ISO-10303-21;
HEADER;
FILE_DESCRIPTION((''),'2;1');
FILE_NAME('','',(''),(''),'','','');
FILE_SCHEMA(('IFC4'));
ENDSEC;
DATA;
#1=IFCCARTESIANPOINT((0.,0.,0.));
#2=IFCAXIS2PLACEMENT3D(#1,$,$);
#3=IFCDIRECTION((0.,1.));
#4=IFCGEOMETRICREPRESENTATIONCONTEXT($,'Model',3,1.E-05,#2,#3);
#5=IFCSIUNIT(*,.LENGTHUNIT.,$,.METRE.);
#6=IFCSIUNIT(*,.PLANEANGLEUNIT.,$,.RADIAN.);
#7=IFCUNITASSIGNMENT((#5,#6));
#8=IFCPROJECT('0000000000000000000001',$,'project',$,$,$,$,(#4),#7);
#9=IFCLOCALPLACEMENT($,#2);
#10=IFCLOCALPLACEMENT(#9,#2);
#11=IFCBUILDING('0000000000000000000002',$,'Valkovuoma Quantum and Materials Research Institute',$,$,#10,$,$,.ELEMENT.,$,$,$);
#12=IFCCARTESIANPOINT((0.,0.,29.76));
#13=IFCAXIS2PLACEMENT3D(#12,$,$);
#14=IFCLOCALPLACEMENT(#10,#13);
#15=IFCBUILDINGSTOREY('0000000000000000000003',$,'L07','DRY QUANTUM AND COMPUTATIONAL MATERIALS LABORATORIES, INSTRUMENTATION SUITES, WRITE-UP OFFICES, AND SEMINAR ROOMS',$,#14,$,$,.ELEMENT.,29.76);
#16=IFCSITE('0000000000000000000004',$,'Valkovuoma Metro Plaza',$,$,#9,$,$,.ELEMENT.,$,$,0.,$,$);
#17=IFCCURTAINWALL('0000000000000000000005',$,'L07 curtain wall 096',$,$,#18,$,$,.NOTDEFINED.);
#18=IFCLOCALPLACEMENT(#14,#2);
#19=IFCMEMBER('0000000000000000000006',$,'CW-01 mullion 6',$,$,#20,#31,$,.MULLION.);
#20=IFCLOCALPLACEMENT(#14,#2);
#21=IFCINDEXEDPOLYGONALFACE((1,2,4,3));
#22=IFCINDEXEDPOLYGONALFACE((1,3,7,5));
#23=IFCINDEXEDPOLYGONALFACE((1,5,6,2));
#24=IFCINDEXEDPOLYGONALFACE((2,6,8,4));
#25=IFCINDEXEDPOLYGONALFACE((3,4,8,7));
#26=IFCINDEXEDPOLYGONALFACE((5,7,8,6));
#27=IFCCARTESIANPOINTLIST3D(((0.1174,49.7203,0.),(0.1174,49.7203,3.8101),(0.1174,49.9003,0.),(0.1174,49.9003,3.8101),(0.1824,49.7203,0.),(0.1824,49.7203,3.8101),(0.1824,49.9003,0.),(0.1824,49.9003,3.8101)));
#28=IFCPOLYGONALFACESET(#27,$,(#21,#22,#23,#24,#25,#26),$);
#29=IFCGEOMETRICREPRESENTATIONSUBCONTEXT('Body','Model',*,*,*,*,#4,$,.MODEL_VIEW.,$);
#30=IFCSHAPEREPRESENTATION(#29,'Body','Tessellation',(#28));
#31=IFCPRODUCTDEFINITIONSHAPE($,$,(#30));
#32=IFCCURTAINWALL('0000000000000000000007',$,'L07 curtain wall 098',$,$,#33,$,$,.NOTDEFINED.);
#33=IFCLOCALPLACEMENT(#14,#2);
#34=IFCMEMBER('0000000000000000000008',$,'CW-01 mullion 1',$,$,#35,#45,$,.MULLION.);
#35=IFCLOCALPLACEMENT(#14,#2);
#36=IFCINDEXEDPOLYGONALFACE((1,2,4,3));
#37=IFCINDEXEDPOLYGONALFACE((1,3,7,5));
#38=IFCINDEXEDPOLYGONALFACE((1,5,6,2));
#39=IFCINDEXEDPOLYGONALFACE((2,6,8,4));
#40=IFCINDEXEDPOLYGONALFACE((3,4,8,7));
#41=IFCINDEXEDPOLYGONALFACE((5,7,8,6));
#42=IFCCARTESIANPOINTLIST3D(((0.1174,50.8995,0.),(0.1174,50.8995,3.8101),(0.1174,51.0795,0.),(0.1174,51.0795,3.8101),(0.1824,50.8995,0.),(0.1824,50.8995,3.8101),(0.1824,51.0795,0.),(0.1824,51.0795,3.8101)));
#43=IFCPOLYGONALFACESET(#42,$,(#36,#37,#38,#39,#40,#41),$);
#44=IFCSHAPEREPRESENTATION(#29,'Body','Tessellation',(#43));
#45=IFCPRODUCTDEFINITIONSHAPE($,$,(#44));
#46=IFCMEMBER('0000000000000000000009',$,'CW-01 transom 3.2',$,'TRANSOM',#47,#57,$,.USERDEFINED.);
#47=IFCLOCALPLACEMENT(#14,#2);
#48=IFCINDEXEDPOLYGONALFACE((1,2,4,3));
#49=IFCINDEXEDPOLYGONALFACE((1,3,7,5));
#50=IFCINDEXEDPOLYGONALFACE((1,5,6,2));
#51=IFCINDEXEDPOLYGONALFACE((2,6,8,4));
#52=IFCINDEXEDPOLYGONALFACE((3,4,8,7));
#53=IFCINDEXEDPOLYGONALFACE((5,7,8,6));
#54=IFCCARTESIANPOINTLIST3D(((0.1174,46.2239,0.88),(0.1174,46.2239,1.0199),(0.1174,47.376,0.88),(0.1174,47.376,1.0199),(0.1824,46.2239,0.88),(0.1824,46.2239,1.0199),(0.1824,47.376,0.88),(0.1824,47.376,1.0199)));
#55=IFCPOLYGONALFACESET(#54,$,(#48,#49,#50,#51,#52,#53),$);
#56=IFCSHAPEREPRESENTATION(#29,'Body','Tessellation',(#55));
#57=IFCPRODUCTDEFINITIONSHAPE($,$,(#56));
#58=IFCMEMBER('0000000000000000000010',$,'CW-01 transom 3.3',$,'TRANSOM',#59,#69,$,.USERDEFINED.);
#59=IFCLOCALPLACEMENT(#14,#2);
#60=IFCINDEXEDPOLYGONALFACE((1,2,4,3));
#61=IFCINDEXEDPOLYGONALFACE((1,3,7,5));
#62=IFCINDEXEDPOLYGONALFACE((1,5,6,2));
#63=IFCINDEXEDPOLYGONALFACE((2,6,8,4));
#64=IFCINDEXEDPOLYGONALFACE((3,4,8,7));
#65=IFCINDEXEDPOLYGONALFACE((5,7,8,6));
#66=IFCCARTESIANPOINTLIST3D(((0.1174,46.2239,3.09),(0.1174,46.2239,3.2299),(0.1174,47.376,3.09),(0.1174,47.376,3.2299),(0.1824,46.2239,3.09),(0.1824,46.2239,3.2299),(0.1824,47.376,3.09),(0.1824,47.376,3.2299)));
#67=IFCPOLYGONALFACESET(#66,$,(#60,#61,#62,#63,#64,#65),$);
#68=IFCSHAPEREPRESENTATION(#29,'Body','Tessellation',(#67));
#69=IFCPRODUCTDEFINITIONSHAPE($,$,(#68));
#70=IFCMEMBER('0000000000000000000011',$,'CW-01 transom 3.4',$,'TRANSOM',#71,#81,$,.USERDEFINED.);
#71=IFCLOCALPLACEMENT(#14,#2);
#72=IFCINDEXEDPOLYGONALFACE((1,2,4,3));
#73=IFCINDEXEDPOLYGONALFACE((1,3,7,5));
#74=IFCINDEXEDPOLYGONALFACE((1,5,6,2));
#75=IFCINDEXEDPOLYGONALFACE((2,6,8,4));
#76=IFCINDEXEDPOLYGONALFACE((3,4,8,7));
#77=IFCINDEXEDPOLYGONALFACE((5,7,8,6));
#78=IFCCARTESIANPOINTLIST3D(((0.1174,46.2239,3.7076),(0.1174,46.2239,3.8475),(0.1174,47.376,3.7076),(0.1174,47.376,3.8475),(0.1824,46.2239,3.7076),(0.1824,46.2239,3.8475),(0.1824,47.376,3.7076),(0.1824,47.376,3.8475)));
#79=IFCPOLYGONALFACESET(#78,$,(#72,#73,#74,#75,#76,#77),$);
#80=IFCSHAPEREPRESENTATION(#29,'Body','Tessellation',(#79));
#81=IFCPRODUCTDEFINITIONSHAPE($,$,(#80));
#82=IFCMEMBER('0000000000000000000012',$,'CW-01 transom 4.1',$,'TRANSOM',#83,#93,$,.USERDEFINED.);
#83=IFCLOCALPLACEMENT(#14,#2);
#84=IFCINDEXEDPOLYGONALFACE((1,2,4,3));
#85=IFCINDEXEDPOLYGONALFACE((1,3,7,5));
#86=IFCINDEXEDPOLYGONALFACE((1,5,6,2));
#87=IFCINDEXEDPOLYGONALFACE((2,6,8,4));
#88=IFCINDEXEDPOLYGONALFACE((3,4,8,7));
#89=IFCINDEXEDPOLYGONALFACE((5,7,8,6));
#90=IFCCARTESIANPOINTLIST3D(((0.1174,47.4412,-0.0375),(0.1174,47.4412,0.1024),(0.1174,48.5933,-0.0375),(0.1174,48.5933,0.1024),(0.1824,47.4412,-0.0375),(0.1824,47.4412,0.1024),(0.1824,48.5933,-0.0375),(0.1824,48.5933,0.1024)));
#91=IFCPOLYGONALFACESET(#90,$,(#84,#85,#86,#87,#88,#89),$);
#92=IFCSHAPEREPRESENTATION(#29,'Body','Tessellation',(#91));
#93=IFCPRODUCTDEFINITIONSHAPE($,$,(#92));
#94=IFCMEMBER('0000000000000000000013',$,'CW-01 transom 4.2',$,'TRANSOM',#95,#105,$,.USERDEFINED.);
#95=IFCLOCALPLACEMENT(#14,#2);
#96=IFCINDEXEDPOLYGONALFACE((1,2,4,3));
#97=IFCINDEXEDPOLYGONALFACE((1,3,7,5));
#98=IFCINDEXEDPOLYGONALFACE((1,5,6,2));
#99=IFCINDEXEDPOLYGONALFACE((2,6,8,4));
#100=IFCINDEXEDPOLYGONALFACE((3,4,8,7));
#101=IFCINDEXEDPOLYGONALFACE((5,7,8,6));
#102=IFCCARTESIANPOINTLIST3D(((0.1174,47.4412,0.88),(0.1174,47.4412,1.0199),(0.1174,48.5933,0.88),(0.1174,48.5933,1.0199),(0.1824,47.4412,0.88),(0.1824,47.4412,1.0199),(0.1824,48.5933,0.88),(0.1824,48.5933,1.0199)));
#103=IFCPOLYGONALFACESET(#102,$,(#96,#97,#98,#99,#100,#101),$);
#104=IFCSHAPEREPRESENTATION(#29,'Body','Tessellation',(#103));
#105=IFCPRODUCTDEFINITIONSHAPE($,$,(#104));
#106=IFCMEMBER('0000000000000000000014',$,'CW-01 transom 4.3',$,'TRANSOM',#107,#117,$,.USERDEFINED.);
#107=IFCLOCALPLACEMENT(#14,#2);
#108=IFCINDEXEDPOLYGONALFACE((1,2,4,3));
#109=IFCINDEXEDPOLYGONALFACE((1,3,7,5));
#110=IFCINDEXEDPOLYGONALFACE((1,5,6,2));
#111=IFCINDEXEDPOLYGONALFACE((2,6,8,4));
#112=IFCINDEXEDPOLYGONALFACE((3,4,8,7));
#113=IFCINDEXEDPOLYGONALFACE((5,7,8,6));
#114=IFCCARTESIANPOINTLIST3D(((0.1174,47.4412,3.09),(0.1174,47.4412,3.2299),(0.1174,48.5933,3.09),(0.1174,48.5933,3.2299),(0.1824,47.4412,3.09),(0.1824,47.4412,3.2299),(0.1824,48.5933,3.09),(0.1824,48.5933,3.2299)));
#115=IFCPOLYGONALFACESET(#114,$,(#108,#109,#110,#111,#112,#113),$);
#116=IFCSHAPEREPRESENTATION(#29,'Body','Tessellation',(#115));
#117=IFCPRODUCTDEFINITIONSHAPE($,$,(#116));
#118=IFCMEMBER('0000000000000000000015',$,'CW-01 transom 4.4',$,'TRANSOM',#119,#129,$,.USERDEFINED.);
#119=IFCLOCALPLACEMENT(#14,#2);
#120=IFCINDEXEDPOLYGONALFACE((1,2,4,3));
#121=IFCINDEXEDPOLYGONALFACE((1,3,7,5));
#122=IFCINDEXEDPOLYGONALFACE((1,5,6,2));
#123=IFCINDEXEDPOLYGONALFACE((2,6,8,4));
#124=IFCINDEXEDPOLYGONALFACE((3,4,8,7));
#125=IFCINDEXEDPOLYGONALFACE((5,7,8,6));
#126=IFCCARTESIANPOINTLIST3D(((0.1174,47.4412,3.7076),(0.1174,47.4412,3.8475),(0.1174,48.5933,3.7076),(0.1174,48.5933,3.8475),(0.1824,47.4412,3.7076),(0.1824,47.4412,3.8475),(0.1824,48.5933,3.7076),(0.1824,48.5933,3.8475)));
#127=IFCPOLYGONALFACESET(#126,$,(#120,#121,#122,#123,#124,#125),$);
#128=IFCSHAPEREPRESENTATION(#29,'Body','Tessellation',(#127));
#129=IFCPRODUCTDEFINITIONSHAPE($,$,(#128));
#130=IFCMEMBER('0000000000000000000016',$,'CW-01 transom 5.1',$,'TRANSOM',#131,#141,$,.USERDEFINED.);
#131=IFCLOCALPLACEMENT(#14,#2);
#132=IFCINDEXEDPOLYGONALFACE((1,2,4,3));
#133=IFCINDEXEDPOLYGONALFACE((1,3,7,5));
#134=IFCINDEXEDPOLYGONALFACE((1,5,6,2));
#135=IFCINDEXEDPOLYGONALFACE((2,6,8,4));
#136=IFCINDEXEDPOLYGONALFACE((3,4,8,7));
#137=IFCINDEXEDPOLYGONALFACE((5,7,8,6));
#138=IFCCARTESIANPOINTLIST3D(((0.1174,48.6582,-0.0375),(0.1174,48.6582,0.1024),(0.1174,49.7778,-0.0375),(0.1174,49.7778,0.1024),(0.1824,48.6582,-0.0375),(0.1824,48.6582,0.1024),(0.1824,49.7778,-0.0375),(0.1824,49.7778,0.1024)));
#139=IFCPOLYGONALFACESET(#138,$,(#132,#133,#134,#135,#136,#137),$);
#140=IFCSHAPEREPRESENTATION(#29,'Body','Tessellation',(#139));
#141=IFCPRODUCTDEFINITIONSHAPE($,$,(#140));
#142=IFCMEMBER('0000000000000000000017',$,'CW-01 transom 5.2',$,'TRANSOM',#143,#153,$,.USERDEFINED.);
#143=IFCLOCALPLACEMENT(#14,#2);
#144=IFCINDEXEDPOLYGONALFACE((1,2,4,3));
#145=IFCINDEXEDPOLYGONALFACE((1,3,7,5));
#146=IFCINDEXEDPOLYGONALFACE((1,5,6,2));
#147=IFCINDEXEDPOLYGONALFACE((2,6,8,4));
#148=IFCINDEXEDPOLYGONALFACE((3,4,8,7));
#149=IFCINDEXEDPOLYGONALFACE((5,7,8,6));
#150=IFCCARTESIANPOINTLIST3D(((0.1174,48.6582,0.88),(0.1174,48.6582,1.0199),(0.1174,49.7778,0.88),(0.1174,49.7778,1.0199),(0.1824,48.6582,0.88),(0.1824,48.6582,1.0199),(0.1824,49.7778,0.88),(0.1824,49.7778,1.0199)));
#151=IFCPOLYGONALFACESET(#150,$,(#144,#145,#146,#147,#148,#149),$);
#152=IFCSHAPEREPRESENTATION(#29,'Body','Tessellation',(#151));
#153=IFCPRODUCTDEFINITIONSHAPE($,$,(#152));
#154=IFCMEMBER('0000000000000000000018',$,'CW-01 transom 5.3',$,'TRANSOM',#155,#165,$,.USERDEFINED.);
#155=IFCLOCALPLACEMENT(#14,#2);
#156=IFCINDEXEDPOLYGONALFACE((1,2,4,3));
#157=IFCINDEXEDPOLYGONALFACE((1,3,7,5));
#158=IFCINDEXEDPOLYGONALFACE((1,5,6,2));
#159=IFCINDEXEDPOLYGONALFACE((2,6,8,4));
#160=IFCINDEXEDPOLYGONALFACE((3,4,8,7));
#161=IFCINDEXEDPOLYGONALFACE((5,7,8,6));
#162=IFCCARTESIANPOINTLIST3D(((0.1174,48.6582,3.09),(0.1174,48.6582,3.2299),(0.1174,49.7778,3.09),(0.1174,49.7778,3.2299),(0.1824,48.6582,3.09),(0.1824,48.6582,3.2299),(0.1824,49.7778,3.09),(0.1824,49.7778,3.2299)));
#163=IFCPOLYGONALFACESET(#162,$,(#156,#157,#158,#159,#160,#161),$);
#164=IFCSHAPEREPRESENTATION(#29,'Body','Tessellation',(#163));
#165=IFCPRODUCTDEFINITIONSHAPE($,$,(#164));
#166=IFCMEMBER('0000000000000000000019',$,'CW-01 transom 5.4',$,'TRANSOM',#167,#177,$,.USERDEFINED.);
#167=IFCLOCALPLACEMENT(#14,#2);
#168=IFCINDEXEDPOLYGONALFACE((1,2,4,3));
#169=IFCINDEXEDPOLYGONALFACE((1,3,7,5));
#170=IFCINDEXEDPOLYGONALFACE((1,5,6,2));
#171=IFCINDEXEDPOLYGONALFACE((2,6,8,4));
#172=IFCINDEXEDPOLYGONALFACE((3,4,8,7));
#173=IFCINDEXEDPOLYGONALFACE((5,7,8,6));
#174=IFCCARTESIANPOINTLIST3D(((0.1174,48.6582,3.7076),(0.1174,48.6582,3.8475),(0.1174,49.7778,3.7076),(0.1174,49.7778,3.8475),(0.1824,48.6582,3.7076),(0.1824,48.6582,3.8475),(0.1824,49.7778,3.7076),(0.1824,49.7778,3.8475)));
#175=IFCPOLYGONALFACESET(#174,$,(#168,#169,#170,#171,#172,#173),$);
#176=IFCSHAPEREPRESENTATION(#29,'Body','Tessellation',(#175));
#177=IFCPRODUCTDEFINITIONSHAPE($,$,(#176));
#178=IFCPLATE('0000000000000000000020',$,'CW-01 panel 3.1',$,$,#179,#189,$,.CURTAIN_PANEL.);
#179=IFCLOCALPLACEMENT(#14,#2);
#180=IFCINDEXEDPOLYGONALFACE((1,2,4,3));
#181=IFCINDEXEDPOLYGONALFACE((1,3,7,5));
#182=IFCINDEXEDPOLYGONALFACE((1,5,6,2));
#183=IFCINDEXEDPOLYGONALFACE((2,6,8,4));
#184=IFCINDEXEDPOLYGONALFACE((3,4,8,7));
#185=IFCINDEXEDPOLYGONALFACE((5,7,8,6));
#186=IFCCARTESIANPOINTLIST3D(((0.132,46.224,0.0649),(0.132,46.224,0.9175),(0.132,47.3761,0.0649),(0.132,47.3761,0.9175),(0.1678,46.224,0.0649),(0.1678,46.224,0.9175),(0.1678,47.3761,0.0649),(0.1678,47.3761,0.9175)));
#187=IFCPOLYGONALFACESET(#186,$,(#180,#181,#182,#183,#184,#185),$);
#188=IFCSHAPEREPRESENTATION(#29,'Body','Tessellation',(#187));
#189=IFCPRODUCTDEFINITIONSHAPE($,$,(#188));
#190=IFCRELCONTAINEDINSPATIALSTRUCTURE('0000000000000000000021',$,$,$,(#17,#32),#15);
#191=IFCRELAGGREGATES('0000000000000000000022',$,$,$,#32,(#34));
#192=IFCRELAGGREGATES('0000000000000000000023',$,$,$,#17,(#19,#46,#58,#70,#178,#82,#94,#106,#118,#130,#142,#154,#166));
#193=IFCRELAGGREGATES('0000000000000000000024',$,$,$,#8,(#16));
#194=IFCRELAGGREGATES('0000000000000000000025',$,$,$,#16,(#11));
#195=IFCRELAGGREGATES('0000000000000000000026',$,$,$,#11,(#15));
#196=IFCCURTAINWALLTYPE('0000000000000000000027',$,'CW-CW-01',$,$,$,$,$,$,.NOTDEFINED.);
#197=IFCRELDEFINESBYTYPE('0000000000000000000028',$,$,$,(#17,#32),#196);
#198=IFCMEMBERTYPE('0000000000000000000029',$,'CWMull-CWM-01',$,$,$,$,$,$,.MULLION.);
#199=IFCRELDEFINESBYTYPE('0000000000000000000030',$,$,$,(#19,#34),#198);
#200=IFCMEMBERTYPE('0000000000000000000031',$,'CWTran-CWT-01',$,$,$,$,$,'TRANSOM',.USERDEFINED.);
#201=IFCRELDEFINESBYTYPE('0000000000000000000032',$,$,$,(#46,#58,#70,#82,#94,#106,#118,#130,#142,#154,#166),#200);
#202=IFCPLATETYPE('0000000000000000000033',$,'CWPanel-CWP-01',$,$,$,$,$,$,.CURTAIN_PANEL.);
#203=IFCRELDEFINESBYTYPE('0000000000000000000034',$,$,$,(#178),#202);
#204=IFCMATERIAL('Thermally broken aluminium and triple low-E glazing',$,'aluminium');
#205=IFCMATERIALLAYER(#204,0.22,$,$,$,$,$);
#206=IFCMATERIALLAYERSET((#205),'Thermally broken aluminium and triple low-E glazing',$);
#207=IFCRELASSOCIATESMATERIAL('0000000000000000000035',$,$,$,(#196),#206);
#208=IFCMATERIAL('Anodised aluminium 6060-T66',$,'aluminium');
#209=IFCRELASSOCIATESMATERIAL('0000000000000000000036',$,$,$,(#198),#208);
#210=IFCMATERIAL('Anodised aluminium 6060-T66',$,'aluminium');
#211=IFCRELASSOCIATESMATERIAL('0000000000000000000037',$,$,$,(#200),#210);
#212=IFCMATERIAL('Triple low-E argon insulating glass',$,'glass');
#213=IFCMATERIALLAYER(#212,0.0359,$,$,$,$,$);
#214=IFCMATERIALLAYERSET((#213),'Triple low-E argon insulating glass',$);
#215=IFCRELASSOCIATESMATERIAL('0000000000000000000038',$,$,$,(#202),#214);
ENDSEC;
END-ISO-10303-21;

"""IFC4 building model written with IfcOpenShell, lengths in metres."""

from ifc_helpers import new_model, si_unit, direction, frame, origin, origin_2d, place, context, subcontext, project, spatial, rectangle, extrude, material, layer, layer_set, material_profile, profile_set, type_object, element, aggregate, save


model = new_model("IFC4")

# Units and contexts
model_context = context("Model", 3, precision=1e-05, world=origin(), true_north=direction((0.0, 1.0)))
body_context = subcontext(model_context, "Body", "Model", "MODEL_VIEW")
ifc_project = project(units=[si_unit("LENGTHUNIT", "METRE"), si_unit("PLANEANGLEUNIT", "RADIAN")], contexts=[model_context])

# Site, building, storey
site_placement = place(None, origin())
site = spatial("IfcSite", under=ifc_project, at=site_placement, Name="Valkovuoma Metro Plaza", CompositionType="ELEMENT", RefElevation=0.0)
building_placement = place(site_placement, origin())
building = spatial("IfcBuilding", under=site, at=building_placement, Name="Valkovuoma Quantum and Materials Research Institute", CompositionType="ELEMENT")
storey_placement = place(building_placement, frame((0.0, 0.0, 29.76)))
storey = spatial("IfcBuildingStorey", under=building, at=storey_placement, Name="L07", Description="DRY QUANTUM AND COMPUTATIONAL MATERIALS LABORATORIES, INSTRUMENTATION SUITES, WRITE-UP OFFICES, AND SEMINAR ROOMS", CompositionType="ELEMENT", Elevation=29.76)

# Curtain wall, member
ifc_material_1 = material(Name="Thermally broken aluminium and triple low-E glazing", Category="aluminium")
ifc_layer_1 = layer(ifc_material_1, 0.22)
ifc_layer_set_1 = layer_set([ifc_layer_1], Name="Thermally broken aluminium and triple low-E glazing")
curtain_wall_type = type_object("IfcCurtainWallType", Name="CW-CW-01", PredefinedType="NOTDEFINED", material=ifc_layer_set_1)
curtain_wall_1_placement = place(storey_placement, origin())
curtain_wall_1 = element("IfcCurtainWall", 1, at=curtain_wall_1_placement, inside=storey, type_object=curtain_wall_type, Name="L07 curtain wall 096", PredefinedType="NOTDEFINED")
ifc_material_2 = material(Name="Anodised aluminium 6060-T66", Category="aluminium")
ifc_material_profile_1 = material_profile(ifc_material_2, rectangle(XDim=0.0649, YDim=0.1799, at=origin_2d()), Name="Anodised aluminium 6060-T66")
ifc_profile_set_1 = profile_set([ifc_material_profile_1], Name="Anodised aluminium 6060-T66")
member_type_1 = type_object("IfcMemberType", Name="CWMull-CWM-01", PredefinedType="MULLION", material=ifc_profile_set_1)
member_1_placement = place(storey_placement, frame((0.1499, 49.8103, 0.0), z_axis=(0.0, 0.0, 1.0), x_axis=(-1.0, 0.0, 0.0)))
member_1 = element("IfcMember", 2, at=member_1_placement, type_object=member_type_1, Name="CW-01 mullion 6", PredefinedType="MULLION", context=body_context, shape_type="SweptSolid", body=[
    extrude(rectangle(XDim=0.0649, YDim=0.1799, at=origin_2d()), origin(), (0.0, 0.0, 1.0), 3.8101),
])

# Curtain wall, member
curtain_wall_2_placement = place(storey_placement, origin())
curtain_wall_2 = element("IfcCurtainWall", 3, at=curtain_wall_2_placement, inside=storey, type_object=curtain_wall_type, Name="L07 curtain wall 098", PredefinedType="NOTDEFINED")
member_2_placement = place(storey_placement, frame((0.1499, 50.9895, 0.0), z_axis=(0.0, 0.0, 1.0), x_axis=(-1.0, 0.0, 0.0)))
member_2 = element("IfcMember", 4, at=member_2_placement, type_object=member_type_1, Name="CW-01 mullion 1", PredefinedType="MULLION", context=body_context, shape_type="SweptSolid", body=[
    extrude(rectangle(XDim=0.0649, YDim=0.1799, at=origin_2d()), origin(), (0.0, 0.0, 1.0), 3.8101),
])
aggregate(curtain_wall_2, [member_2])

# Members
ifc_material_3 = material(Name="Anodised aluminium 6060-T66", Category="aluminium")
ifc_material_profile_2 = material_profile(ifc_material_3, rectangle(XDim=0.0649, YDim=0.1399, at=origin_2d()), Name="Anodised aluminium 6060-T66")
ifc_profile_set_2 = profile_set([ifc_material_profile_2], Name="Anodised aluminium 6060-T66")
member_type_2 = type_object("IfcMemberType", Name="CWTran-CWT-01", ElementType="TRANSOM", PredefinedType="USERDEFINED", material=ifc_profile_set_2)
member_3_placement = place(storey_placement, frame((0.1499, 46.2239, 0.95), z_axis=(0.0, 1.0, 0.0), x_axis=(-1.0, 0.0, 0.0)))
member_3 = element("IfcMember", 5, at=member_3_placement, type_object=member_type_2, Name="CW-01 transom 3.2", ObjectType="TRANSOM", PredefinedType="USERDEFINED", context=body_context, shape_type="SweptSolid", body=[
    extrude(rectangle(XDim=0.0649, YDim=0.1399, at=origin_2d()), origin(), (0.0, 0.0, 1.0), 1.1521),
])
member_4_placement = place(storey_placement, frame((0.1499, 46.2239, 3.1599), z_axis=(0.0, 1.0, 0.0), x_axis=(-1.0, 0.0, 0.0)))
member_4 = element("IfcMember", 6, at=member_4_placement, type_object=member_type_2, Name="CW-01 transom 3.3", ObjectType="TRANSOM", PredefinedType="USERDEFINED", context=body_context, shape_type="SweptSolid", body=[
    extrude(rectangle(XDim=0.0649, YDim=0.1399, at=origin_2d()), origin(), (0.0, 0.0, 1.0), 1.1521),
])
member_5_placement = place(storey_placement, frame((0.1499, 46.2239, 3.7776), z_axis=(0.0, 1.0, 0.0), x_axis=(-1.0, 0.0, 0.0)))
member_5 = element("IfcMember", 7, at=member_5_placement, type_object=member_type_2, Name="CW-01 transom 3.4", ObjectType="TRANSOM", PredefinedType="USERDEFINED", context=body_context, shape_type="SweptSolid", body=[
    extrude(rectangle(XDim=0.0649, YDim=0.1399, at=origin_2d()), origin(), (0.0, 0.0, 1.0), 1.1521),
])
member_6_placement = place(storey_placement, frame((0.1499, 47.4412, 0.0325), z_axis=(0.0, 1.0, 0.0), x_axis=(-1.0, 0.0, 0.0)))
member_6 = element("IfcMember", 8, at=member_6_placement, type_object=member_type_2, Name="CW-01 transom 4.1", ObjectType="TRANSOM", PredefinedType="USERDEFINED", context=body_context, shape_type="SweptSolid", body=[
    extrude(rectangle(XDim=0.0649, YDim=0.1399, at=origin_2d()), origin(), (0.0, 0.0, 1.0), 1.1521),
])
member_7_placement = place(storey_placement, frame((0.1499, 47.4412, 0.95), z_axis=(0.0, 1.0, 0.0), x_axis=(-1.0, 0.0, 0.0)))
member_7 = element("IfcMember", 9, at=member_7_placement, type_object=member_type_2, Name="CW-01 transom 4.2", ObjectType="TRANSOM", PredefinedType="USERDEFINED", context=body_context, shape_type="SweptSolid", body=[
    extrude(rectangle(XDim=0.0649, YDim=0.1399, at=origin_2d()), origin(), (0.0, 0.0, 1.0), 1.1521),
])
member_8_placement = place(storey_placement, frame((0.1499, 47.4412, 3.1599), z_axis=(0.0, 1.0, 0.0), x_axis=(-1.0, 0.0, 0.0)))
member_8 = element("IfcMember", 10, at=member_8_placement, type_object=member_type_2, Name="CW-01 transom 4.3", ObjectType="TRANSOM", PredefinedType="USERDEFINED", context=body_context, shape_type="SweptSolid", body=[
    extrude(rectangle(XDim=0.0649, YDim=0.1399, at=origin_2d()), origin(), (0.0, 0.0, 1.0), 1.1521),
])
member_9_placement = place(storey_placement, frame((0.1499, 47.4412, 3.7776), z_axis=(0.0, 1.0, 0.0), x_axis=(-1.0, 0.0, 0.0)))
member_9 = element("IfcMember", 11, at=member_9_placement, type_object=member_type_2, Name="CW-01 transom 4.4", ObjectType="TRANSOM", PredefinedType="USERDEFINED", context=body_context, shape_type="SweptSolid", body=[
    extrude(rectangle(XDim=0.0649, YDim=0.1399, at=origin_2d()), origin(), (0.0, 0.0, 1.0), 1.1521),
])
member_10_placement = place(storey_placement, frame((0.1499, 48.6582, 0.0325), z_axis=(0.0, 1.0, 0.0), x_axis=(-1.0, 0.0, 0.0)))
member_10 = element("IfcMember", 12, at=member_10_placement, type_object=member_type_2, Name="CW-01 transom 5.1", ObjectType="TRANSOM", PredefinedType="USERDEFINED", context=body_context, shape_type="SweptSolid", body=[
    extrude(rectangle(XDim=0.0649, YDim=0.1399, at=origin_2d()), origin(), (0.0, 0.0, 1.0), 1.1196),
])
member_11_placement = place(storey_placement, frame((0.1499, 48.6582, 0.95), z_axis=(0.0, 1.0, 0.0), x_axis=(-1.0, 0.0, 0.0)))
member_11 = element("IfcMember", 13, at=member_11_placement, type_object=member_type_2, Name="CW-01 transom 5.2", ObjectType="TRANSOM", PredefinedType="USERDEFINED", context=body_context, shape_type="SweptSolid", body=[
    extrude(rectangle(XDim=0.0649, YDim=0.1399, at=origin_2d()), origin(), (0.0, 0.0, 1.0), 1.1196),
])
member_12_placement = place(storey_placement, frame((0.1499, 48.6582, 3.1599), z_axis=(0.0, 1.0, 0.0), x_axis=(-1.0, 0.0, 0.0)))
member_12 = element("IfcMember", 14, at=member_12_placement, type_object=member_type_2, Name="CW-01 transom 5.3", ObjectType="TRANSOM", PredefinedType="USERDEFINED", context=body_context, shape_type="SweptSolid", body=[
    extrude(rectangle(XDim=0.0649, YDim=0.1399, at=origin_2d()), origin(), (0.0, 0.0, 1.0), 1.1196),
])
member_13_placement = place(storey_placement, frame((0.1499, 48.6582, 3.7776), z_axis=(0.0, 1.0, 0.0), x_axis=(-1.0, 0.0, 0.0)))
member_13 = element("IfcMember", 15, at=member_13_placement, type_object=member_type_2, Name="CW-01 transom 5.4", ObjectType="TRANSOM", PredefinedType="USERDEFINED", context=body_context, shape_type="SweptSolid", body=[
    extrude(rectangle(XDim=0.0649, YDim=0.1399, at=origin_2d()), origin(), (0.0, 0.0, 1.0), 1.1196),
])

# Plate
ifc_material_4 = material(Name="Triple low-E argon insulating glass", Category="glass")
ifc_layer_2 = layer(ifc_material_4, 0.0359)
ifc_layer_set_2 = layer_set([ifc_layer_2], Name="Triple low-E argon insulating glass")
plate_type = type_object("IfcPlateType", Name="CWPanel-CWP-01", PredefinedType="CURTAIN_PANEL", material=ifc_layer_set_2)
plate_1_placement = place(storey_placement, frame((0.1499, 46.8, 0.0649), z_axis=(0.0, 0.0, 1.0), x_axis=(0.0, 1.0, 0.0)))
plate_1 = element("IfcPlate", 16, at=plate_1_placement, type_object=plate_type, Name="CW-01 panel 3.1", PredefinedType="CURTAIN_PANEL", context=body_context, shape_type="SweptSolid", body=[
    extrude(rectangle(XDim=1.1521, YDim=0.0359, at=origin_2d()), origin(), (0.0, 0.0, 1.0), 0.8525),
])
aggregate(curtain_wall_1, [member_1, member_3, member_4, member_5, plate_1, member_6, member_7, member_8, member_9, member_10, member_11, member_12, member_13])

save(model, "model.ifc")
